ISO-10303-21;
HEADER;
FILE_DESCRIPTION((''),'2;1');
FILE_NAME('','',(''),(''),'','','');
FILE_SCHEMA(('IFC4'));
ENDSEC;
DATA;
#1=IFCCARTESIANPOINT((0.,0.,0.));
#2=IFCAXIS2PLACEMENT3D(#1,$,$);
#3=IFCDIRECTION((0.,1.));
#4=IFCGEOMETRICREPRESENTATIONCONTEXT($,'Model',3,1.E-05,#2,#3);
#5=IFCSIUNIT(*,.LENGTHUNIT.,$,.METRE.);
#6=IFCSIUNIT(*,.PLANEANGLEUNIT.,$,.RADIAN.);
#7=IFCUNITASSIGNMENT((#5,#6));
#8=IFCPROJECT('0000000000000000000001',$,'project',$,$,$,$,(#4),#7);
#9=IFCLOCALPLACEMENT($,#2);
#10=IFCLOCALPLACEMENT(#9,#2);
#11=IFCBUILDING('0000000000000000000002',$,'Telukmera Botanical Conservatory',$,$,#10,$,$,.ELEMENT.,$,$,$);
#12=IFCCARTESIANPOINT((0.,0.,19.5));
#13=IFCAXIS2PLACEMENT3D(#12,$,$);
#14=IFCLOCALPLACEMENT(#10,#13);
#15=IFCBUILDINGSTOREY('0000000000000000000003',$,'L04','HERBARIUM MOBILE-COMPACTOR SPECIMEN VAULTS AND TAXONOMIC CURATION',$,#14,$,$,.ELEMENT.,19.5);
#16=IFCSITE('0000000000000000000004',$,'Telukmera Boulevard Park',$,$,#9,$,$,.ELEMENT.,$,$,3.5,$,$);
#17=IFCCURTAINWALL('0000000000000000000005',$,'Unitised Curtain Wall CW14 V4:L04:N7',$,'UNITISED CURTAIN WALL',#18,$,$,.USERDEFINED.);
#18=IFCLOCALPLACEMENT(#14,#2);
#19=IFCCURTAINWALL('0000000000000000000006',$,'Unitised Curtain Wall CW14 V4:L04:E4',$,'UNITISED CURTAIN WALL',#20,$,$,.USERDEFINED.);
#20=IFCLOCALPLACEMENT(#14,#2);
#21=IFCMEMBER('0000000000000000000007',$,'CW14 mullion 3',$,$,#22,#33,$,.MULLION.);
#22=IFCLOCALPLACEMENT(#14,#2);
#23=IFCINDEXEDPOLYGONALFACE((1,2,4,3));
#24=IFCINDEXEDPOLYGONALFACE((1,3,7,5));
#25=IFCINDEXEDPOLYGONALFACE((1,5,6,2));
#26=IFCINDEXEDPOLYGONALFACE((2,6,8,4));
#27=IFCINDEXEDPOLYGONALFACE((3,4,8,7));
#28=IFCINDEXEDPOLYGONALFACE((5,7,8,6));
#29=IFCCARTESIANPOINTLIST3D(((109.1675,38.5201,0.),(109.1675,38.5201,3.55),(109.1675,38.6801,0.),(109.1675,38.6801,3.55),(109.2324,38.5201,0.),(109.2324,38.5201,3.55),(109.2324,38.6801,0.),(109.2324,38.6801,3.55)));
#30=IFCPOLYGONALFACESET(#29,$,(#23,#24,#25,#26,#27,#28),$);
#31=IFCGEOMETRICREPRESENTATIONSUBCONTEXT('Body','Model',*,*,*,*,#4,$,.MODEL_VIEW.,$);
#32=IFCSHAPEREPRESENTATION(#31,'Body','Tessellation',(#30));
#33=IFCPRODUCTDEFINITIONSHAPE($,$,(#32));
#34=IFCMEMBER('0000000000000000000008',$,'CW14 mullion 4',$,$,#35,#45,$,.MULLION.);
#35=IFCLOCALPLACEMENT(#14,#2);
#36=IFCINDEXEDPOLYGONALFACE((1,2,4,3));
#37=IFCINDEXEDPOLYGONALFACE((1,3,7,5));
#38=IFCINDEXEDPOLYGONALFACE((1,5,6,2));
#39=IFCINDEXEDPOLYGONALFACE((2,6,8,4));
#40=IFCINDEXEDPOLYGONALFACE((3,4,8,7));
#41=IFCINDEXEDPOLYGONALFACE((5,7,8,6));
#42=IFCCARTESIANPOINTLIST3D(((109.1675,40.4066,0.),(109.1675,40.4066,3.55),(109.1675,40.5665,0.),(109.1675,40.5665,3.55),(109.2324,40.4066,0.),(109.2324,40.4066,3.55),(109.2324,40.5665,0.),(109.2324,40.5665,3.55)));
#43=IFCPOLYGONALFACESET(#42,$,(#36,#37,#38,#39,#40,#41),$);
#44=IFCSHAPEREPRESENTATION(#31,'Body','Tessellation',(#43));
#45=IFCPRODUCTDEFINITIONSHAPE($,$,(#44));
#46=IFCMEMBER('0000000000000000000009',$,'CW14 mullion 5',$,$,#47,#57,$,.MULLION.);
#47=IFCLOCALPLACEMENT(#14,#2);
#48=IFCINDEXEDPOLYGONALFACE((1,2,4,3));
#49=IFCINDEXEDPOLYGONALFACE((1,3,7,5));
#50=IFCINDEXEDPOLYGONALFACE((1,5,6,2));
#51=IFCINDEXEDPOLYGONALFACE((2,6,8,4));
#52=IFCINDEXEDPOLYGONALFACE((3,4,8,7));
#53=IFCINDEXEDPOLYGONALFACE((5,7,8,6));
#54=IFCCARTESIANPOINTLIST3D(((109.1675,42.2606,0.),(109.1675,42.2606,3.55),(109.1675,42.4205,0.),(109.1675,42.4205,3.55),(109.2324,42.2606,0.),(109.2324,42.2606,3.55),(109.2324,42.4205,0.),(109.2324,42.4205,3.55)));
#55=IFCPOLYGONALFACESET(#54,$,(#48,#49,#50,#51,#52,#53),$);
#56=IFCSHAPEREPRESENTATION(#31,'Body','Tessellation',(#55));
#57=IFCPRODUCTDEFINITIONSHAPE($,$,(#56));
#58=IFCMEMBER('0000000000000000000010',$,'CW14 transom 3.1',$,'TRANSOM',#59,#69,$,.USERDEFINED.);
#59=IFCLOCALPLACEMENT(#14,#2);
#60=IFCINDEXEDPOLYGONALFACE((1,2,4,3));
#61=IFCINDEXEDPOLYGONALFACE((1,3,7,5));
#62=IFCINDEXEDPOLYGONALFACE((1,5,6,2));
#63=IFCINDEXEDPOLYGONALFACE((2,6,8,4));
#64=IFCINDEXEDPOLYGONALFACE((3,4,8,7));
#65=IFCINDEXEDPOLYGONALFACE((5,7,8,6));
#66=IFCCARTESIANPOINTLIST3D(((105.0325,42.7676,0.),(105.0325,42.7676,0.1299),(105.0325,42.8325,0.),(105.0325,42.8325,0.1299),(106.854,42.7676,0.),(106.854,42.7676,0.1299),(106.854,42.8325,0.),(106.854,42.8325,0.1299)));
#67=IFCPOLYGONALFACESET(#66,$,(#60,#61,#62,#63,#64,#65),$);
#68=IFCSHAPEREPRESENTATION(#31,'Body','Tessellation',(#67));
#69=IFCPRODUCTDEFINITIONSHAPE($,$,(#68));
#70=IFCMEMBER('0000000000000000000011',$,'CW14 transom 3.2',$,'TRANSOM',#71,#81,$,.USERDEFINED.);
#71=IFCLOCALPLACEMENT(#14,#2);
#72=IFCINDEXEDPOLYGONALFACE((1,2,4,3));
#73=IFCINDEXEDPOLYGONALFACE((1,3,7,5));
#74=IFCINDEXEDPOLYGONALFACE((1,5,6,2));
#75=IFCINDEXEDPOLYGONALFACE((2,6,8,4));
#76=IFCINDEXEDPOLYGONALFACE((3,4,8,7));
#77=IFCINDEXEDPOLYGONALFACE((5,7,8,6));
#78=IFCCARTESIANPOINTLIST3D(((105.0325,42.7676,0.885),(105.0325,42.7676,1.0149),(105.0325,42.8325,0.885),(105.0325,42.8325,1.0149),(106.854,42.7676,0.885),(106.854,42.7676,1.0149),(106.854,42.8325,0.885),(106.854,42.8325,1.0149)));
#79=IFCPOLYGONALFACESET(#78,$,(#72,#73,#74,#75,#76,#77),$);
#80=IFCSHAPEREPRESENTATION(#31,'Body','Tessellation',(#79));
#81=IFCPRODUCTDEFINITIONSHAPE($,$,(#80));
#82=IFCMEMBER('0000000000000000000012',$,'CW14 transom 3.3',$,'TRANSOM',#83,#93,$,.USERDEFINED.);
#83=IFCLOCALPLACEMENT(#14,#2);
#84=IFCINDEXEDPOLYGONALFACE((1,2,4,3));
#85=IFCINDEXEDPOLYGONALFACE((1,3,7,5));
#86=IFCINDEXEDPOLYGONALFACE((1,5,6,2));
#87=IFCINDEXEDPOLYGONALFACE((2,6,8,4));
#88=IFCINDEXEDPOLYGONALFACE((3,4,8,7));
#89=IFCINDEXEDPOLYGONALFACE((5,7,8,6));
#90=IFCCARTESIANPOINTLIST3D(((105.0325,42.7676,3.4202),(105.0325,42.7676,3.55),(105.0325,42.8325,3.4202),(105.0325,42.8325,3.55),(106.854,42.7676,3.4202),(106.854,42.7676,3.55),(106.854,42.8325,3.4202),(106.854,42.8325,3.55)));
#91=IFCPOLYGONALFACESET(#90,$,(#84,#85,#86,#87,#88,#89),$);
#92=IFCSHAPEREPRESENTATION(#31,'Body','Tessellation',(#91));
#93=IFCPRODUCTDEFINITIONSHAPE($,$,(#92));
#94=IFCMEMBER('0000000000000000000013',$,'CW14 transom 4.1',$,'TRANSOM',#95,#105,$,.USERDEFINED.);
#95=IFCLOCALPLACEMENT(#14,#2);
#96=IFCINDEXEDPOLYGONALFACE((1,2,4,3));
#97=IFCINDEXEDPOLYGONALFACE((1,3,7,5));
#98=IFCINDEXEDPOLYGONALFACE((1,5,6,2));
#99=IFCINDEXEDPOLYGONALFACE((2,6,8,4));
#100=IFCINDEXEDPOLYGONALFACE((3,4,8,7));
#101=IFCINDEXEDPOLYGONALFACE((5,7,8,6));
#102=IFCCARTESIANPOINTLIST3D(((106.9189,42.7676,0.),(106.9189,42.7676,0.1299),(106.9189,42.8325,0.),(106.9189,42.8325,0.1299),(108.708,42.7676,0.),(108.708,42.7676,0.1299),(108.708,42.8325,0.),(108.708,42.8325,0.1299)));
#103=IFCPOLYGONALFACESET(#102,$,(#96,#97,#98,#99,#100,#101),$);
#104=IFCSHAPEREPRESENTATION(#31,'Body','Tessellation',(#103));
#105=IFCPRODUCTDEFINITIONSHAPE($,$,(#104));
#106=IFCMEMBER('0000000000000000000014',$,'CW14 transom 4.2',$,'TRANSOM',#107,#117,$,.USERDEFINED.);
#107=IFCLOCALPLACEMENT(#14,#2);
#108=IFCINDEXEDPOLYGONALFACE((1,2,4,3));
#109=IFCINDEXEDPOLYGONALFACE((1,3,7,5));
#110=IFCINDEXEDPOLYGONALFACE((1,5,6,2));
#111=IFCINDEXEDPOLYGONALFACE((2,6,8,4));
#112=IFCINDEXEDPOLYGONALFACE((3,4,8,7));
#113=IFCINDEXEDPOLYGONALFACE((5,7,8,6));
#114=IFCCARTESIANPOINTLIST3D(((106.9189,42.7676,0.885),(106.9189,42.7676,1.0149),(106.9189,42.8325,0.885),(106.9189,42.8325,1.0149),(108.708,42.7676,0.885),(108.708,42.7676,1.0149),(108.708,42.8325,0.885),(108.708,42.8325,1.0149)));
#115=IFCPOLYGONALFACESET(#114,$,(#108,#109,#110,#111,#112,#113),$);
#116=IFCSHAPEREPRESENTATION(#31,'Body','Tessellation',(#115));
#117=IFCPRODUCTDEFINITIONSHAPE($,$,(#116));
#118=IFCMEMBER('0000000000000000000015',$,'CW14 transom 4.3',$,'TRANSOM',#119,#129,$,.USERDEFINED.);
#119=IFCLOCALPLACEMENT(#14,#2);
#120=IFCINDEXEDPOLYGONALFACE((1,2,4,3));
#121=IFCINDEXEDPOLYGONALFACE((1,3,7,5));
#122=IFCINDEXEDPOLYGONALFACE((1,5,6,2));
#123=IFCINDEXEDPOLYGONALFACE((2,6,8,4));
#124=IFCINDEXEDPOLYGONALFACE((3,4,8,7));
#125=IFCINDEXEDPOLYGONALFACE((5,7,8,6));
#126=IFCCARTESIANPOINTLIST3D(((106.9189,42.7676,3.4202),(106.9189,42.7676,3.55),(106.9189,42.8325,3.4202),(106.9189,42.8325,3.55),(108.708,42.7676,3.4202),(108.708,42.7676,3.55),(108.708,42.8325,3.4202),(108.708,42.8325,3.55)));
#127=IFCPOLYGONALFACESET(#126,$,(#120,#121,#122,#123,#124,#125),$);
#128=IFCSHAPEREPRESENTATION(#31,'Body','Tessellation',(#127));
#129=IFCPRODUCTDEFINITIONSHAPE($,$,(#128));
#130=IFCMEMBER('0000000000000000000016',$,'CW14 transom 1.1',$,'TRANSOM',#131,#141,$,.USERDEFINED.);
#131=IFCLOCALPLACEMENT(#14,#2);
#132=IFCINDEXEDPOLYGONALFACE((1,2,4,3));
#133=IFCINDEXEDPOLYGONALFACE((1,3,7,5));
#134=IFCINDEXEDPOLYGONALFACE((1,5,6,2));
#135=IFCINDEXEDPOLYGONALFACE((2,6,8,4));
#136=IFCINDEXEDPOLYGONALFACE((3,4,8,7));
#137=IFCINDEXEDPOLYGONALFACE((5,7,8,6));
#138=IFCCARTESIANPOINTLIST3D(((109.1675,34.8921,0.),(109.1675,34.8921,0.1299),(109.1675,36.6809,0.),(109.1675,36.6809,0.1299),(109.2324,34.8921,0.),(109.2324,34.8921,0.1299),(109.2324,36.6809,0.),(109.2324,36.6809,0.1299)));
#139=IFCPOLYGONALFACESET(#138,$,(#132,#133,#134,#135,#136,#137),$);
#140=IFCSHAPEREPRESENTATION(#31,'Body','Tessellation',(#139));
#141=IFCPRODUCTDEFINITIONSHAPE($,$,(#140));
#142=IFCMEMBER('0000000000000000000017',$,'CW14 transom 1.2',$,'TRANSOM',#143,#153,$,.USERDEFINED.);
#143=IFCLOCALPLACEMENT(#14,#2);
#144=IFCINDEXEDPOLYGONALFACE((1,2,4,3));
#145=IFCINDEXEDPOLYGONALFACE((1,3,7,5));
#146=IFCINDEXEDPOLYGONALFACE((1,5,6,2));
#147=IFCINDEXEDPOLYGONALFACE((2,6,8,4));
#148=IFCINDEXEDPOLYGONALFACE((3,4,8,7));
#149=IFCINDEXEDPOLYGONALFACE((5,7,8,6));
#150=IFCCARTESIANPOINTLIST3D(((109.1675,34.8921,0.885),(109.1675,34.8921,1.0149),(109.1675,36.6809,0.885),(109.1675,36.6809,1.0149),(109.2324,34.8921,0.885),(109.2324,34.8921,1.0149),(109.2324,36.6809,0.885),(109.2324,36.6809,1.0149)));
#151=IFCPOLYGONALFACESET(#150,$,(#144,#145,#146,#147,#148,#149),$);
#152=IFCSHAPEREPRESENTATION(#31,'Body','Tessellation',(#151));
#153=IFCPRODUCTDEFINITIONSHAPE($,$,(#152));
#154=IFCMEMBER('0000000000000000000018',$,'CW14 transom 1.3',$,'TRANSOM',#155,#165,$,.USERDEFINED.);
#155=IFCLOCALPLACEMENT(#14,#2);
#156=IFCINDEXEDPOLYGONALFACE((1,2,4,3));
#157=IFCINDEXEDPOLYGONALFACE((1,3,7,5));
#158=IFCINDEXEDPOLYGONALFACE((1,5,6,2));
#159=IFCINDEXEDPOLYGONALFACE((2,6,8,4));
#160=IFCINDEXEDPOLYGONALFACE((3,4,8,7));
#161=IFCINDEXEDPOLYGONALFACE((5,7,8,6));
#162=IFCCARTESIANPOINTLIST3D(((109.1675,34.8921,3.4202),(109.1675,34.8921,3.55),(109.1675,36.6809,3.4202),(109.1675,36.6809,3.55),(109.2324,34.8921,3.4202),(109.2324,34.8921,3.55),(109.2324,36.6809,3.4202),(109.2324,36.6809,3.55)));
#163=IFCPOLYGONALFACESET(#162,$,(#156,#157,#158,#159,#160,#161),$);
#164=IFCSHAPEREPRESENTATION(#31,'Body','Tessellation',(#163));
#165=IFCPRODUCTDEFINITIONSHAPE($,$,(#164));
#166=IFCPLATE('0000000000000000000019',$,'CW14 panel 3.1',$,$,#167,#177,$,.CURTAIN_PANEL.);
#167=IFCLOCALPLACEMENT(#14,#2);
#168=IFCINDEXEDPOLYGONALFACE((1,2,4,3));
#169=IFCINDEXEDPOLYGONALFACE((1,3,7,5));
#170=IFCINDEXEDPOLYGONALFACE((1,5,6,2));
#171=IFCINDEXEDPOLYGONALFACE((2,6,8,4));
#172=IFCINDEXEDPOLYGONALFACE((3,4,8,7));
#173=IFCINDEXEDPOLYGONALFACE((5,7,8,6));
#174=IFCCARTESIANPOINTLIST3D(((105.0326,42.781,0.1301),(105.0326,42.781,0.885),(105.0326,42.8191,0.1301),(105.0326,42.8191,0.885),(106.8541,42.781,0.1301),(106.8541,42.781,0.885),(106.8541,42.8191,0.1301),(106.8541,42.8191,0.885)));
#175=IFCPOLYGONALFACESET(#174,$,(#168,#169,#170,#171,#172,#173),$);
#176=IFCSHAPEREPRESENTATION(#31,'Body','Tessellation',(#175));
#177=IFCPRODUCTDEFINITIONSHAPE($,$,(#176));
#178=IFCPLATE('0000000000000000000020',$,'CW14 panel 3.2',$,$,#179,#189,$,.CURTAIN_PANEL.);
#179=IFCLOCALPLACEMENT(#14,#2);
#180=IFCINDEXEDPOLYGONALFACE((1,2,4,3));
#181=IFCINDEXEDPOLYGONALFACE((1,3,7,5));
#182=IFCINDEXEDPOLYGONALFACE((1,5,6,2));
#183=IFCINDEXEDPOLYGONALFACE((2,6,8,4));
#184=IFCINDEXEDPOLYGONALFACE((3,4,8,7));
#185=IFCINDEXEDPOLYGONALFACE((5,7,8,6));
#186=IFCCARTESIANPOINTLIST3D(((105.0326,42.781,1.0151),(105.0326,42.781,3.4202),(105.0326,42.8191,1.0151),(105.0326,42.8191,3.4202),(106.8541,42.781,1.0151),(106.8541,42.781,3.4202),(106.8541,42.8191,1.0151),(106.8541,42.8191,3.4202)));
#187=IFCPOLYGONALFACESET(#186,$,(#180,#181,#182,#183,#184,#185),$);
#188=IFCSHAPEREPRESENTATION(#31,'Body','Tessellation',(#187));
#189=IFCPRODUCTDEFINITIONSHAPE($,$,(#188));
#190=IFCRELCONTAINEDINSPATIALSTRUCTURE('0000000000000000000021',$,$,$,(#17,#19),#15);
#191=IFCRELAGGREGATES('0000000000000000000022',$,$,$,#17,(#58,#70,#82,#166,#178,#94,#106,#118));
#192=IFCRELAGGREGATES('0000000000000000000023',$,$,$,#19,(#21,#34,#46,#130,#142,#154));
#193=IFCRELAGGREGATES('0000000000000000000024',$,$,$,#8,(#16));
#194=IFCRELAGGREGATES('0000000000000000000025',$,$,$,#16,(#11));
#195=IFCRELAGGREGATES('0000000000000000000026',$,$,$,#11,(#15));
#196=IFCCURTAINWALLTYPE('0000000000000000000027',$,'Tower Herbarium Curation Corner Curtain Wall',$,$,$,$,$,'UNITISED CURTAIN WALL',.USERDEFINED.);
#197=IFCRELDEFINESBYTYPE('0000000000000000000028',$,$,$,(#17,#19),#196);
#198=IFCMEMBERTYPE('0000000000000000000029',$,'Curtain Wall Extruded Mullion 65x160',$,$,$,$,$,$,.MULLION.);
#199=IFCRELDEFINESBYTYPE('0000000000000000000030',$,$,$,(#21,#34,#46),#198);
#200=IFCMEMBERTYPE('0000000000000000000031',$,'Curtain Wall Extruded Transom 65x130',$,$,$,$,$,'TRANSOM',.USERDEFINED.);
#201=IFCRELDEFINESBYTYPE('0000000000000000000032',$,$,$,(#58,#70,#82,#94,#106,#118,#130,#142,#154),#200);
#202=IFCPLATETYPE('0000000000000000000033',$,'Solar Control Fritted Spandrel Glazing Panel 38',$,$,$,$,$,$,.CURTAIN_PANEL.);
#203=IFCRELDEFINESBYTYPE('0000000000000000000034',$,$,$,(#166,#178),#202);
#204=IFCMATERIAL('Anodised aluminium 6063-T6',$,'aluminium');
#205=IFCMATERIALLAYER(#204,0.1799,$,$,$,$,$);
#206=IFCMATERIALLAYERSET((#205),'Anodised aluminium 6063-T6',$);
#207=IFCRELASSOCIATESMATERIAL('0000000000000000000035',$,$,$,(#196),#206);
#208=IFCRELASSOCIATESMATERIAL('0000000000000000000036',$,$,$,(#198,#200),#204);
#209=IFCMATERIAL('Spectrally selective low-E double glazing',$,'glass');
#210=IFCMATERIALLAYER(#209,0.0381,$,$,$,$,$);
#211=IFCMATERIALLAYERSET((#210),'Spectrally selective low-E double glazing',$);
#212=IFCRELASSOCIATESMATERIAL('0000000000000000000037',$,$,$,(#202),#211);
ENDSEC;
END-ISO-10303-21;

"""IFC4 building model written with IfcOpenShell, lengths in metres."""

from ifc_helpers import new_model, si_unit, direction, frame, origin, origin_2d, place, context, subcontext, project, spatial, rectangle, extrude, material, layer, layer_set, material_profile, profile_set, type_object, element, aggregate, save


model = new_model("IFC4")

# Units and contexts
model_context = context("Model", 3, precision=1e-05, world=origin(), true_north=direction((0.0, 1.0)))
body_context = subcontext(model_context, "Body", "Model", "MODEL_VIEW")
ifc_project = project(units=[si_unit("LENGTHUNIT", "METRE"), si_unit("PLANEANGLEUNIT", "RADIAN")], contexts=[model_context])

# Site, building, storey
site_placement = place(None, origin())
site = spatial("IfcSite", under=ifc_project, at=site_placement, Name="Telukmera Boulevard Park", CompositionType="ELEMENT", RefElevation=3.5)
building_placement = place(site_placement, origin())
building = spatial("IfcBuilding", under=site, at=building_placement, Name="Telukmera Botanical Conservatory", CompositionType="ELEMENT")
storey_placement = place(building_placement, frame((0.0, 0.0, 19.5)))
storey = spatial("IfcBuildingStorey", under=building, at=storey_placement, Name="L04", Description="HERBARIUM MOBILE-COMPACTOR SPECIMEN VAULTS AND TAXONOMIC CURATION", CompositionType="ELEMENT", Elevation=19.5)

# Curtain wall
ifc_material_1 = material(Name="Anodised aluminium 6063-T6", Category="aluminium")
ifc_layer_1 = layer(ifc_material_1, 0.1799)
ifc_layer_set_1 = layer_set([ifc_layer_1], Name="Anodised aluminium 6063-T6")
curtain_wall_type = type_object("IfcCurtainWallType", Name="Tower Herbarium Curation Corner Curtain Wall", ElementType="UNITISED CURTAIN WALL", PredefinedType="USERDEFINED", material=ifc_layer_set_1)
curtain_wall_1_placement = place(storey_placement, origin())
curtain_wall_1 = element("IfcCurtainWall", 1, at=curtain_wall_1_placement, inside=storey, type_object=curtain_wall_type, Name="Unitised Curtain Wall CW14 V4:L04:N7", ObjectType="UNITISED CURTAIN WALL", PredefinedType="USERDEFINED")
ifc_material_profile_1 = material_profile(ifc_material_1, rectangle(XDim=0.0649, YDim=0.1599, at=origin_2d()), Name="ALU MULL 65x160")
ifc_profile_set_1 = profile_set([ifc_material_profile_1], Name="Anodised aluminium 6063-T6")
member_type_1 = type_object("IfcMemberType", Name="Curtain Wall Extruded Mullion 65x160", PredefinedType="MULLION", material=ifc_profile_set_1)

# Curtain wall, members
curtain_wall_2_placement = place(storey_placement, origin())
curtain_wall_2 = element("IfcCurtainWall", 2, at=curtain_wall_2_placement, inside=storey, type_object=curtain_wall_type, Name="Unitised Curtain Wall CW14 V4:L04:E4", ObjectType="UNITISED CURTAIN WALL", PredefinedType="USERDEFINED")
member_1_placement = place(storey_placement, frame((109.2, 38.6001, 0.0), z_axis=(0.0, 0.0, 1.0), x_axis=(-1.0, 0.0, 0.0)))
member_1 = element("IfcMember", 3, at=member_1_placement, type_object=member_type_1, Name="CW14 mullion 3", PredefinedType="MULLION", context=body_context, shape_type="SweptSolid", body=[
    extrude(rectangle(XDim=0.0649, YDim=0.1599, at=origin_2d()), origin(), (0.0, 0.0, 1.0), 3.55),
])
member_2_placement = place(storey_placement, frame((109.2, 40.4866, 0.0), z_axis=(0.0, 0.0, 1.0), x_axis=(-1.0, 0.0, 0.0)))
member_2 = element("IfcMember", 4, at=member_2_placement, type_object=member_type_1, Name="CW14 mullion 4", PredefinedType="MULLION", context=body_context, shape_type="SweptSolid", body=[
    extrude(rectangle(XDim=0.0649, YDim=0.1599, at=origin_2d()), origin(), (0.0, 0.0, 1.0), 3.55),
])
member_3_placement = place(storey_placement, frame((109.2, 42.3406, 0.0), z_axis=(0.0, 0.0, 1.0), x_axis=(-1.0, 0.0, 0.0)))
member_3 = element("IfcMember", 5, at=member_3_placement, type_object=member_type_1, Name="CW14 mullion 5", PredefinedType="MULLION", context=body_context, shape_type="SweptSolid", body=[
    extrude(rectangle(XDim=0.0649, YDim=0.1599, at=origin_2d()), origin(), (0.0, 0.0, 1.0), 3.55),
])

# Members
ifc_material_profile_2 = material_profile(ifc_material_1, rectangle(XDim=0.0649, YDim=0.1299, at=origin_2d()), Name="ALU TRAN 65x130")
ifc_profile_set_2 = profile_set([ifc_material_profile_2], Name="Anodised aluminium 6063-T6")
member_type_2 = type_object("IfcMemberType", Name="Curtain Wall Extruded Transom 65x130", ElementType="TRANSOM", PredefinedType="USERDEFINED", material=ifc_profile_set_2)
member_4_placement = place(storey_placement, frame((105.0325, 42.8, 0.0649), z_axis=(1.0, 0.0, 0.0), x_axis=(0.0, 1.0, 0.0)))
member_4 = element("IfcMember", 6, at=member_4_placement, type_object=member_type_2, Name="CW14 transom 3.1", ObjectType="TRANSOM", PredefinedType="USERDEFINED", context=body_context, shape_type="SweptSolid", body=[
    extrude(rectangle(XDim=0.0649, YDim=0.1299, at=origin_2d()), origin(), (0.0, 0.0, 1.0), 1.8215),
])
member_5_placement = place(storey_placement, frame((105.0325, 42.8, 0.95), z_axis=(1.0, 0.0, 0.0), x_axis=(0.0, 1.0, 0.0)))
member_5 = element("IfcMember", 7, at=member_5_placement, type_object=member_type_2, Name="CW14 transom 3.2", ObjectType="TRANSOM", PredefinedType="USERDEFINED", context=body_context, shape_type="SweptSolid", body=[
    extrude(rectangle(XDim=0.0649, YDim=0.1299, at=origin_2d()), origin(), (0.0, 0.0, 1.0), 1.8215),
])
member_6_placement = place(storey_placement, frame((105.0325, 42.8, 3.4851), z_axis=(1.0, 0.0, 0.0), x_axis=(0.0, 1.0, 0.0)))
member_6 = element("IfcMember", 8, at=member_6_placement, type_object=member_type_2, Name="CW14 transom 3.3", ObjectType="TRANSOM", PredefinedType="USERDEFINED", context=body_context, shape_type="SweptSolid", body=[
    extrude(rectangle(XDim=0.0649, YDim=0.1299, at=origin_2d()), origin(), (0.0, 0.0, 1.0), 1.8215),
])
member_7_placement = place(storey_placement, frame((106.9189, 42.8, 0.0649), z_axis=(1.0, 0.0, 0.0), x_axis=(0.0, 1.0, 0.0)))
member_7 = element("IfcMember", 9, at=member_7_placement, type_object=member_type_2, Name="CW14 transom 4.1", ObjectType="TRANSOM", PredefinedType="USERDEFINED", context=body_context, shape_type="SweptSolid", body=[
    extrude(rectangle(XDim=0.0649, YDim=0.1299, at=origin_2d()), origin(), (0.0, 0.0, 1.0), 1.7891),
])
member_8_placement = place(storey_placement, frame((106.9189, 42.8, 0.95), z_axis=(1.0, 0.0, 0.0), x_axis=(0.0, 1.0, 0.0)))
member_8 = element("IfcMember", 10, at=member_8_placement, type_object=member_type_2, Name="CW14 transom 4.2", ObjectType="TRANSOM", PredefinedType="USERDEFINED", context=body_context, shape_type="SweptSolid", body=[
    extrude(rectangle(XDim=0.0649, YDim=0.1299, at=origin_2d()), origin(), (0.0, 0.0, 1.0), 1.7891),
])
member_9_placement = place(storey_placement, frame((106.9189, 42.8, 3.4851), z_axis=(1.0, 0.0, 0.0), x_axis=(0.0, 1.0, 0.0)))
member_9 = element("IfcMember", 11, at=member_9_placement, type_object=member_type_2, Name="CW14 transom 4.3", ObjectType="TRANSOM", PredefinedType="USERDEFINED", context=body_context, shape_type="SweptSolid", body=[
    extrude(rectangle(XDim=0.0649, YDim=0.1299, at=origin_2d()), origin(), (0.0, 0.0, 1.0), 1.7891),
])
member_10_placement = place(storey_placement, frame((109.2, 34.8921, 0.0649), z_axis=(0.0, 1.0, 0.0), x_axis=(-1.0, 0.0, 0.0)))
member_10 = element("IfcMember", 12, at=member_10_placement, type_object=member_type_2, Name="CW14 transom 1.1", ObjectType="TRANSOM", PredefinedType="USERDEFINED", context=body_context, shape_type="SweptSolid", body=[
    extrude(rectangle(XDim=0.0649, YDim=0.1299, at=origin_2d()), origin(), (0.0, 0.0, 1.0), 1.7888),
])
member_11_placement = place(storey_placement, frame((109.2, 34.8921, 0.95), z_axis=(0.0, 1.0, 0.0), x_axis=(-1.0, 0.0, 0.0)))
member_11 = element("IfcMember", 13, at=member_11_placement, type_object=member_type_2, Name="CW14 transom 1.2", ObjectType="TRANSOM", PredefinedType="USERDEFINED", context=body_context, shape_type="SweptSolid", body=[
    extrude(rectangle(XDim=0.0649, YDim=0.1299, at=origin_2d()), origin(), (0.0, 0.0, 1.0), 1.7888),
])
member_12_placement = place(storey_placement, frame((109.2, 34.8921, 3.4851), z_axis=(0.0, 1.0, 0.0), x_axis=(-1.0, 0.0, 0.0)))
member_12 = element("IfcMember", 14, at=member_12_placement, type_object=member_type_2, Name="CW14 transom 1.3", ObjectType="TRANSOM", PredefinedType="USERDEFINED", context=body_context, shape_type="SweptSolid", body=[
    extrude(rectangle(XDim=0.0649, YDim=0.1299, at=origin_2d()), origin(), (0.0, 0.0, 1.0), 1.7888),
])

# Plates
ifc_material_2 = material(Name="Spectrally selective low-E double glazing", Category="glass")
ifc_layer_2 = layer(ifc_material_2, 0.0381)
ifc_layer_set_2 = layer_set([ifc_layer_2], Name="Spectrally selective low-E double glazing")
plate_type = type_object("IfcPlateType", Name="Solar Control Fritted Spandrel Glazing Panel 38", PredefinedType="CURTAIN_PANEL", material=ifc_layer_set_2)
plate_1_placement = place(storey_placement, frame((105.9434, 42.8, 0.1301), z_axis=(0.0, 0.0, 1.0), x_axis=(1.0, 0.0, 0.0)))
plate_1 = element("IfcPlate", 15, at=plate_1_placement, type_object=plate_type, Name="CW14 panel 3.1", PredefinedType="CURTAIN_PANEL", context=body_context, shape_type="SweptSolid", body=[
    extrude(rectangle(XDim=1.8215, YDim=0.0381, at=origin_2d()), origin(), (0.0, 0.0, 1.0), 0.7549),
])
plate_2_placement = place(storey_placement, frame((105.9434, 42.8, 1.0151), z_axis=(0.0, 0.0, 1.0), x_axis=(1.0, 0.0, 0.0)))
plate_2 = element("IfcPlate", 16, at=plate_2_placement, type_object=plate_type, Name="CW14 panel 3.2", PredefinedType="CURTAIN_PANEL", context=body_context, shape_type="SweptSolid", body=[
    extrude(rectangle(XDim=1.8215, YDim=0.0381, at=origin_2d()), origin(), (0.0, 0.0, 1.0), 2.405),
])
aggregate(curtain_wall_1, [member_4, member_5, member_6, plate_1, plate_2, member_7, member_8, member_9])
aggregate(curtain_wall_2, [member_1, member_2, member_3, member_10, member_11, member_12])

save(model, "model.ifc")
